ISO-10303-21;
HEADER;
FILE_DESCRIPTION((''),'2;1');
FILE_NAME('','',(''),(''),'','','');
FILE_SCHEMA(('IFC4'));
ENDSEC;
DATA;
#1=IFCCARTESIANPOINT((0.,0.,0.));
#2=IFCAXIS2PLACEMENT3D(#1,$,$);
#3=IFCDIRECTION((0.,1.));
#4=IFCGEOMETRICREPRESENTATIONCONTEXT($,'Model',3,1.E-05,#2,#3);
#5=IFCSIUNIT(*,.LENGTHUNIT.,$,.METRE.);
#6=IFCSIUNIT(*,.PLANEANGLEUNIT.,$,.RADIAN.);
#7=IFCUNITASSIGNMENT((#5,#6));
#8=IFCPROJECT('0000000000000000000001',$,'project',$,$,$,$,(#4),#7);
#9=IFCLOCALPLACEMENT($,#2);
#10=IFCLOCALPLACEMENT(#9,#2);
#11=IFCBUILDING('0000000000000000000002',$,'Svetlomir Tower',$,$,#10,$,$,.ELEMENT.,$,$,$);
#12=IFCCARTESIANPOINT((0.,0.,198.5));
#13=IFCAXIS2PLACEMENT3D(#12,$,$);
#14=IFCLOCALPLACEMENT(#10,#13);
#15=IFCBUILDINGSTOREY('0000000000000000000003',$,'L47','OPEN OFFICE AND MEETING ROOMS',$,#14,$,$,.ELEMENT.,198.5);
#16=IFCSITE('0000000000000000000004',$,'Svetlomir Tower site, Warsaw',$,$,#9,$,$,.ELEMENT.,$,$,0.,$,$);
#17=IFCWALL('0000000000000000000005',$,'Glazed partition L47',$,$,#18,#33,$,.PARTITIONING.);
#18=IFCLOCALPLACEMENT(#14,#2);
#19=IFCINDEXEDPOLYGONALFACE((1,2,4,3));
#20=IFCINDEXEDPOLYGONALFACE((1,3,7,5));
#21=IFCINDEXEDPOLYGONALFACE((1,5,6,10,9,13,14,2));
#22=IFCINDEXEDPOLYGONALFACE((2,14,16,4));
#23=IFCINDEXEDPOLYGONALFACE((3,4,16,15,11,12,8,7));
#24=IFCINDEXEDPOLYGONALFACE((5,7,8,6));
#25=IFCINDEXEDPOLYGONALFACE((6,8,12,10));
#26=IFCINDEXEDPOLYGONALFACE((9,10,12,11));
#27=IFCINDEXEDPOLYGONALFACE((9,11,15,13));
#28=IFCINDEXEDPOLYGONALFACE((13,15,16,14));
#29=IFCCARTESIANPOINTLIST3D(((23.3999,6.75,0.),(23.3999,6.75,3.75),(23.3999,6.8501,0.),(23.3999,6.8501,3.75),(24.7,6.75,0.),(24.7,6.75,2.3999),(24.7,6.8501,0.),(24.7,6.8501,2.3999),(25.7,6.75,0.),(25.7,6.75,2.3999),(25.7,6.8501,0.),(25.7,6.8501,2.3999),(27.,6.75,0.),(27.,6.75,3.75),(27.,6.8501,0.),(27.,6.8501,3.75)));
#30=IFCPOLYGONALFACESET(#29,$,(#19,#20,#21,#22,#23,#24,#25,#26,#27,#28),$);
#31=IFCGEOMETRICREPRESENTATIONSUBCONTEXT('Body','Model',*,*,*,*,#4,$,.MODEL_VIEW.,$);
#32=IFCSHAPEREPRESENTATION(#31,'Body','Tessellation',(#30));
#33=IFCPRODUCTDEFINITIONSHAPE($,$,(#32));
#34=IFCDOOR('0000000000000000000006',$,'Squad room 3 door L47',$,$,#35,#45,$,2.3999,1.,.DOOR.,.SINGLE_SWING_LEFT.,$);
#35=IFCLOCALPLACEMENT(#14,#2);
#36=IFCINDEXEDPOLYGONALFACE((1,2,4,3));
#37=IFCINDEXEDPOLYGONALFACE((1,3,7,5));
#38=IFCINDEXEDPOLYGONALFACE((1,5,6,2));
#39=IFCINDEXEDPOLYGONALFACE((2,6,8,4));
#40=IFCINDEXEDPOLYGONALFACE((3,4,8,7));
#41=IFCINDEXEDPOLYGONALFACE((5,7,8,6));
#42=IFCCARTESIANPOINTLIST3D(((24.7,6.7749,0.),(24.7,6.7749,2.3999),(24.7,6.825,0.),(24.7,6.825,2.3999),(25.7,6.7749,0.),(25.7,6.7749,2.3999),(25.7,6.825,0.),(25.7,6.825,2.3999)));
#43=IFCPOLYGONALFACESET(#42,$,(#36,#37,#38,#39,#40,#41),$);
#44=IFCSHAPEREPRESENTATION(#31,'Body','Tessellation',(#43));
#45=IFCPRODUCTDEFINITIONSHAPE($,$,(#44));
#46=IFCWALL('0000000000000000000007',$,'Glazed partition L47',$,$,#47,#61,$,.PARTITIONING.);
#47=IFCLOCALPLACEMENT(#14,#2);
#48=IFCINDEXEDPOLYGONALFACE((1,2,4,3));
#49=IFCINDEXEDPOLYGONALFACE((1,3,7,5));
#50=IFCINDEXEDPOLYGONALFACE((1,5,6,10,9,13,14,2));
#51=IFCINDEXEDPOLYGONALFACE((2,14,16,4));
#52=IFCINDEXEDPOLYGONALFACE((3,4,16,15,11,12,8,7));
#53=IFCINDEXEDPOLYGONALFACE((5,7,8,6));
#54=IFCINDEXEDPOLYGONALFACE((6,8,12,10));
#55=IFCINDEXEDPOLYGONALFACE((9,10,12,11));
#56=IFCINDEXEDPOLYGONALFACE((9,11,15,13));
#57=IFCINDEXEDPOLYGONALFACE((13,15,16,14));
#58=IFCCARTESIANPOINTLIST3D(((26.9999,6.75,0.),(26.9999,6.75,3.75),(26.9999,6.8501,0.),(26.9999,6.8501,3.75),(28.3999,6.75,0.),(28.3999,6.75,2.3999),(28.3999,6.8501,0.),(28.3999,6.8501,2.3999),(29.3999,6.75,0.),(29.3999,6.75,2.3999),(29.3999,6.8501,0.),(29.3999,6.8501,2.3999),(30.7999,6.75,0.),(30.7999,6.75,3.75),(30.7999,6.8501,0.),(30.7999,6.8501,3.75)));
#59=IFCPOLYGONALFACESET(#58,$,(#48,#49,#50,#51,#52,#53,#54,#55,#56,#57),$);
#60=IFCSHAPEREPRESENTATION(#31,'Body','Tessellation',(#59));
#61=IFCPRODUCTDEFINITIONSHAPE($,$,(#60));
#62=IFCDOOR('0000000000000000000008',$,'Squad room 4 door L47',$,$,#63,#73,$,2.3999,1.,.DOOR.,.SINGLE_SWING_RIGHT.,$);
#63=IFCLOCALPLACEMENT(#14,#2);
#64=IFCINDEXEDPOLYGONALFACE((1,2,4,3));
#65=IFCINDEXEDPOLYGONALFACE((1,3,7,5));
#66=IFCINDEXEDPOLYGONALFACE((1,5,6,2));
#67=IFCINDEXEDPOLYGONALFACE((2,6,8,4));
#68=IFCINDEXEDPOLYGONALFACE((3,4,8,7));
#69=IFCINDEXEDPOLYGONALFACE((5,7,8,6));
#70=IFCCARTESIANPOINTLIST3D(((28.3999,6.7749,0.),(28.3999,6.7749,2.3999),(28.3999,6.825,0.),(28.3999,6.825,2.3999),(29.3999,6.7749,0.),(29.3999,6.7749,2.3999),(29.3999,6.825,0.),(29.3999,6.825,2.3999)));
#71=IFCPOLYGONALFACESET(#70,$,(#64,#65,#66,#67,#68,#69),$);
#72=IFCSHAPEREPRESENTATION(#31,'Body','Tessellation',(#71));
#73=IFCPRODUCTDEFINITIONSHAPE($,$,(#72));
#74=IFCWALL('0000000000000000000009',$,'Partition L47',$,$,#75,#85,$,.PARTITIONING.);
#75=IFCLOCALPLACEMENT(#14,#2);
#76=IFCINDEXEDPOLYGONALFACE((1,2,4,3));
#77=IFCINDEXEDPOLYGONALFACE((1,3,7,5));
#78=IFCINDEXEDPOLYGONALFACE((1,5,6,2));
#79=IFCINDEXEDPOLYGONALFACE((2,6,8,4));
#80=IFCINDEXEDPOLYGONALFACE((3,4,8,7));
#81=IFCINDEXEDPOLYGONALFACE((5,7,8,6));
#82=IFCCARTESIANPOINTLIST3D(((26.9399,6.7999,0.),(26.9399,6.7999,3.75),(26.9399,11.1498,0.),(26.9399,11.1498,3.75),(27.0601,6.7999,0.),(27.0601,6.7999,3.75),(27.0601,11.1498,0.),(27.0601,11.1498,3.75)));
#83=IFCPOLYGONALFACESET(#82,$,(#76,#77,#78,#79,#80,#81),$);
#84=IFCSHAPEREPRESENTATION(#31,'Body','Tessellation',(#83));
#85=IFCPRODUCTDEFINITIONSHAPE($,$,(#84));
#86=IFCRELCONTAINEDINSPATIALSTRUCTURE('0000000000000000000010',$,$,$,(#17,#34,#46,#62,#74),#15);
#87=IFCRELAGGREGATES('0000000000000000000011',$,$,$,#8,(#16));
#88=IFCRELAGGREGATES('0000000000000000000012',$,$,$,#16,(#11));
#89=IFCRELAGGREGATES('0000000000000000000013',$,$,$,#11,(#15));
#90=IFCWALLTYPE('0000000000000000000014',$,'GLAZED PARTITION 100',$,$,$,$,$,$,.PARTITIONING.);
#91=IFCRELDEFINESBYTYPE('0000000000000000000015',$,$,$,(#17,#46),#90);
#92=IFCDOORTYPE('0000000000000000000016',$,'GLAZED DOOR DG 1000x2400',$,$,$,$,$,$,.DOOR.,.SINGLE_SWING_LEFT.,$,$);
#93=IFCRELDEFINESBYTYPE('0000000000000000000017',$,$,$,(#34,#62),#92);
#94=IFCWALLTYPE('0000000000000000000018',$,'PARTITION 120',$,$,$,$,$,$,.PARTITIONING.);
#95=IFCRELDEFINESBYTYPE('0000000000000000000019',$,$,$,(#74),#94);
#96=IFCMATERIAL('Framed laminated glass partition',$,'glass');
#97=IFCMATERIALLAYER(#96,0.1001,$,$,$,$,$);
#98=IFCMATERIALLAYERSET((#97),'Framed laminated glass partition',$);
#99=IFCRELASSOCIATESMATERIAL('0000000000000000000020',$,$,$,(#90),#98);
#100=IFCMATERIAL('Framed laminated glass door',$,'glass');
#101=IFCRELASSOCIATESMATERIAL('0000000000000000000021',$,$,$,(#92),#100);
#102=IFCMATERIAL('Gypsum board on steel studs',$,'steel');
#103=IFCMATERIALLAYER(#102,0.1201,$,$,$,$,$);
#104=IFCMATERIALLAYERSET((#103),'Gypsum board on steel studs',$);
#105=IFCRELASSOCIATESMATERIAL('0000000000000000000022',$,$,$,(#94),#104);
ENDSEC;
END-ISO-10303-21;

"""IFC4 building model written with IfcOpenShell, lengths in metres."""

from ifc_helpers import new_model, si_unit, direction, frame, frame_2d, origin, place, context, subcontext, project, spatial, rectangle, extrude, material, layer, layer_set, type_object, element, fill, save


model = new_model("IFC4")

# Units and contexts
model_context = context("Model", 3, precision=1e-05, world=origin(), true_north=direction((0.0, 1.0)))
body_context = subcontext(model_context, "Body", "Model", "MODEL_VIEW")
ifc_project = project(units=[si_unit("LENGTHUNIT", "METRE"), si_unit("PLANEANGLEUNIT", "RADIAN")], contexts=[model_context])

# Site, building, storey
site_placement = place(None, origin())
site = spatial("IfcSite", under=ifc_project, at=site_placement, Name="Svetlomir Tower site, Warsaw", CompositionType="ELEMENT", RefElevation=0.0)
building_placement = place(site_placement, origin())
building = spatial("IfcBuilding", under=site, at=building_placement, Name="Svetlomir Tower", CompositionType="ELEMENT")
storey_placement = place(building_placement, frame((0.0, 0.0, 198.5)))
storey = spatial("IfcBuildingStorey", under=building, at=storey_placement, Name="L47", Description="OPEN OFFICE AND MEETING ROOMS", CompositionType="ELEMENT", Elevation=198.5)

# Shared definitions
ifc_material_1 = material(Name="Framed laminated glass partition", Category="glass")
ifc_layer_1 = layer(ifc_material_1, 0.1001)
ifc_layer_set_1 = layer_set([ifc_layer_1], Name="Framed laminated glass partition")
wall_type_1 = type_object("IfcWallType", Name="GLAZED PARTITION 100", PredefinedType="PARTITIONING", material=ifc_layer_set_1)

# Walls, openings, doors
wall_1_placement = place(storey_placement, frame((23.3999, 6.8, 0.0), z_axis=(0.0, 0.0, 1.0), x_axis=(1.0, 0.0, 0.0)))
wall_1 = element("IfcWall", 1, at=wall_1_placement, inside=storey, type_object=wall_type_1, Name="Glazed partition L47", PredefinedType="PARTITIONING", context=body_context, shape_type="SweptSolid", body=[
    extrude(rectangle(XDim=3.6001, YDim=0.1001, at=frame_2d((1.8, 0.0))), origin(), (0.0, 0.0, 1.0), 3.75),
])
opening_1_placement = place(wall_1_placement, frame((1.3, 0.0, 0.0)))
opening_1 = element("IfcOpeningElement", 2, at=opening_1_placement, cuts=wall_1, PredefinedType="OPENING", context=body_context, shape_type="SweptSolid", body=[
    extrude(rectangle(XDim=1.0, YDim=2.3999, at=frame_2d((0.5, 1.2))), frame((0.0, 0.0601, 0.0), z_axis=(0.0, -1.0, 0.0), x_axis=(1.0, 0.0, 0.0)), (0.0, 0.0, 1.0), 0.1201),
])
ifc_material_2 = material(Name="Framed laminated glass door", Category="glass")
door_type_1 = type_object("IfcDoorType", Name="GLAZED DOOR DG 1000x2400", OperationType="SINGLE_SWING_LEFT", PredefinedType="DOOR", material=ifc_material_2)
door_1_placement = place(opening_1_placement, origin())
door_1 = element("IfcDoor", 3, at=door_1_placement, inside=storey, type_object=door_type_1, Name="Squad room 3 door L47", OperationType="SINGLE_SWING_LEFT", OverallHeight=2.3999, OverallWidth=1.0, PredefinedType="DOOR", context=body_context, shape_type="SweptSolid", body=[
    extrude(rectangle(XDim=1.0, YDim=2.3999, at=frame_2d((0.5, 1.2))), frame((0.0, 0.0249, 0.0), z_axis=(0.0, -1.0, 0.0), x_axis=(1.0, 0.0, 0.0)), (0.0, 0.0, 1.0), 0.05),
])
fill(opening_1, door_1)
wall_2_placement = place(storey_placement, frame((27.0, 6.8, 0.0), z_axis=(0.0, 0.0, 1.0), x_axis=(1.0, 0.0, 0.0)))
wall_2 = element("IfcWall", 4, at=wall_2_placement, inside=storey, type_object=wall_type_1, Name="Glazed partition L47", PredefinedType="PARTITIONING", context=body_context, shape_type="SweptSolid", body=[
    extrude(rectangle(XDim=3.8, YDim=0.1001, at=frame_2d((1.8999, 0.0))), origin(), (0.0, 0.0, 1.0), 3.75),
])
opening_2_placement = place(wall_2_placement, frame((1.3999, 0.0, 0.0)))
opening_2 = element("IfcOpeningElement", 5, at=opening_2_placement, cuts=wall_2, PredefinedType="OPENING", context=body_context, shape_type="SweptSolid", body=[
    extrude(rectangle(XDim=1.0, YDim=2.3999, at=frame_2d((0.5, 1.2))), frame((0.0, 0.0601, 0.0), z_axis=(0.0, -1.0, 0.0), x_axis=(1.0, 0.0, 0.0)), (0.0, 0.0, 1.0), 0.1201),
])
door_2_placement = place(opening_2_placement, origin())
door_2 = element("IfcDoor", 6, at=door_2_placement, inside=storey, type_object=door_type_1, Name="Squad room 4 door L47", OperationType="SINGLE_SWING_RIGHT", OverallHeight=2.3999, OverallWidth=1.0, PredefinedType="DOOR", context=body_context, shape_type="SweptSolid", body=[
    extrude(rectangle(XDim=1.0, YDim=2.3999, at=frame_2d((0.5, 1.2))), frame((0.0, 0.0249, 0.0), z_axis=(0.0, -1.0, 0.0), x_axis=(1.0, 0.0, 0.0)), (0.0, 0.0, 1.0), 0.05),
])
fill(opening_2, door_2)

# Wall
ifc_material_3 = material(Name="Gypsum board on steel studs", Category="steel")
ifc_layer_2 = layer(ifc_material_3, 0.1201)
ifc_layer_set_2 = layer_set([ifc_layer_2], Name="Gypsum board on steel studs")
wall_type_2 = type_object("IfcWallType", Name="PARTITION 120", PredefinedType="PARTITIONING", material=ifc_layer_set_2)
wall_3_placement = place(storey_placement, frame((27.0, 6.8, 0.0), z_axis=(0.0, 0.0, 1.0), x_axis=(0.0, 1.0, 0.0)))
element("IfcWall", 7, at=wall_3_placement, inside=storey, type_object=wall_type_2, Name="Partition L47", PredefinedType="PARTITIONING", context=body_context, shape_type="SweptSolid", body=[
    extrude(rectangle(XDim=4.3499, YDim=0.1201, at=frame_2d((2.1748, 0.0))), origin(), (0.0, 0.0, 1.0), 3.75),
])

save(model, "model.ifc")
